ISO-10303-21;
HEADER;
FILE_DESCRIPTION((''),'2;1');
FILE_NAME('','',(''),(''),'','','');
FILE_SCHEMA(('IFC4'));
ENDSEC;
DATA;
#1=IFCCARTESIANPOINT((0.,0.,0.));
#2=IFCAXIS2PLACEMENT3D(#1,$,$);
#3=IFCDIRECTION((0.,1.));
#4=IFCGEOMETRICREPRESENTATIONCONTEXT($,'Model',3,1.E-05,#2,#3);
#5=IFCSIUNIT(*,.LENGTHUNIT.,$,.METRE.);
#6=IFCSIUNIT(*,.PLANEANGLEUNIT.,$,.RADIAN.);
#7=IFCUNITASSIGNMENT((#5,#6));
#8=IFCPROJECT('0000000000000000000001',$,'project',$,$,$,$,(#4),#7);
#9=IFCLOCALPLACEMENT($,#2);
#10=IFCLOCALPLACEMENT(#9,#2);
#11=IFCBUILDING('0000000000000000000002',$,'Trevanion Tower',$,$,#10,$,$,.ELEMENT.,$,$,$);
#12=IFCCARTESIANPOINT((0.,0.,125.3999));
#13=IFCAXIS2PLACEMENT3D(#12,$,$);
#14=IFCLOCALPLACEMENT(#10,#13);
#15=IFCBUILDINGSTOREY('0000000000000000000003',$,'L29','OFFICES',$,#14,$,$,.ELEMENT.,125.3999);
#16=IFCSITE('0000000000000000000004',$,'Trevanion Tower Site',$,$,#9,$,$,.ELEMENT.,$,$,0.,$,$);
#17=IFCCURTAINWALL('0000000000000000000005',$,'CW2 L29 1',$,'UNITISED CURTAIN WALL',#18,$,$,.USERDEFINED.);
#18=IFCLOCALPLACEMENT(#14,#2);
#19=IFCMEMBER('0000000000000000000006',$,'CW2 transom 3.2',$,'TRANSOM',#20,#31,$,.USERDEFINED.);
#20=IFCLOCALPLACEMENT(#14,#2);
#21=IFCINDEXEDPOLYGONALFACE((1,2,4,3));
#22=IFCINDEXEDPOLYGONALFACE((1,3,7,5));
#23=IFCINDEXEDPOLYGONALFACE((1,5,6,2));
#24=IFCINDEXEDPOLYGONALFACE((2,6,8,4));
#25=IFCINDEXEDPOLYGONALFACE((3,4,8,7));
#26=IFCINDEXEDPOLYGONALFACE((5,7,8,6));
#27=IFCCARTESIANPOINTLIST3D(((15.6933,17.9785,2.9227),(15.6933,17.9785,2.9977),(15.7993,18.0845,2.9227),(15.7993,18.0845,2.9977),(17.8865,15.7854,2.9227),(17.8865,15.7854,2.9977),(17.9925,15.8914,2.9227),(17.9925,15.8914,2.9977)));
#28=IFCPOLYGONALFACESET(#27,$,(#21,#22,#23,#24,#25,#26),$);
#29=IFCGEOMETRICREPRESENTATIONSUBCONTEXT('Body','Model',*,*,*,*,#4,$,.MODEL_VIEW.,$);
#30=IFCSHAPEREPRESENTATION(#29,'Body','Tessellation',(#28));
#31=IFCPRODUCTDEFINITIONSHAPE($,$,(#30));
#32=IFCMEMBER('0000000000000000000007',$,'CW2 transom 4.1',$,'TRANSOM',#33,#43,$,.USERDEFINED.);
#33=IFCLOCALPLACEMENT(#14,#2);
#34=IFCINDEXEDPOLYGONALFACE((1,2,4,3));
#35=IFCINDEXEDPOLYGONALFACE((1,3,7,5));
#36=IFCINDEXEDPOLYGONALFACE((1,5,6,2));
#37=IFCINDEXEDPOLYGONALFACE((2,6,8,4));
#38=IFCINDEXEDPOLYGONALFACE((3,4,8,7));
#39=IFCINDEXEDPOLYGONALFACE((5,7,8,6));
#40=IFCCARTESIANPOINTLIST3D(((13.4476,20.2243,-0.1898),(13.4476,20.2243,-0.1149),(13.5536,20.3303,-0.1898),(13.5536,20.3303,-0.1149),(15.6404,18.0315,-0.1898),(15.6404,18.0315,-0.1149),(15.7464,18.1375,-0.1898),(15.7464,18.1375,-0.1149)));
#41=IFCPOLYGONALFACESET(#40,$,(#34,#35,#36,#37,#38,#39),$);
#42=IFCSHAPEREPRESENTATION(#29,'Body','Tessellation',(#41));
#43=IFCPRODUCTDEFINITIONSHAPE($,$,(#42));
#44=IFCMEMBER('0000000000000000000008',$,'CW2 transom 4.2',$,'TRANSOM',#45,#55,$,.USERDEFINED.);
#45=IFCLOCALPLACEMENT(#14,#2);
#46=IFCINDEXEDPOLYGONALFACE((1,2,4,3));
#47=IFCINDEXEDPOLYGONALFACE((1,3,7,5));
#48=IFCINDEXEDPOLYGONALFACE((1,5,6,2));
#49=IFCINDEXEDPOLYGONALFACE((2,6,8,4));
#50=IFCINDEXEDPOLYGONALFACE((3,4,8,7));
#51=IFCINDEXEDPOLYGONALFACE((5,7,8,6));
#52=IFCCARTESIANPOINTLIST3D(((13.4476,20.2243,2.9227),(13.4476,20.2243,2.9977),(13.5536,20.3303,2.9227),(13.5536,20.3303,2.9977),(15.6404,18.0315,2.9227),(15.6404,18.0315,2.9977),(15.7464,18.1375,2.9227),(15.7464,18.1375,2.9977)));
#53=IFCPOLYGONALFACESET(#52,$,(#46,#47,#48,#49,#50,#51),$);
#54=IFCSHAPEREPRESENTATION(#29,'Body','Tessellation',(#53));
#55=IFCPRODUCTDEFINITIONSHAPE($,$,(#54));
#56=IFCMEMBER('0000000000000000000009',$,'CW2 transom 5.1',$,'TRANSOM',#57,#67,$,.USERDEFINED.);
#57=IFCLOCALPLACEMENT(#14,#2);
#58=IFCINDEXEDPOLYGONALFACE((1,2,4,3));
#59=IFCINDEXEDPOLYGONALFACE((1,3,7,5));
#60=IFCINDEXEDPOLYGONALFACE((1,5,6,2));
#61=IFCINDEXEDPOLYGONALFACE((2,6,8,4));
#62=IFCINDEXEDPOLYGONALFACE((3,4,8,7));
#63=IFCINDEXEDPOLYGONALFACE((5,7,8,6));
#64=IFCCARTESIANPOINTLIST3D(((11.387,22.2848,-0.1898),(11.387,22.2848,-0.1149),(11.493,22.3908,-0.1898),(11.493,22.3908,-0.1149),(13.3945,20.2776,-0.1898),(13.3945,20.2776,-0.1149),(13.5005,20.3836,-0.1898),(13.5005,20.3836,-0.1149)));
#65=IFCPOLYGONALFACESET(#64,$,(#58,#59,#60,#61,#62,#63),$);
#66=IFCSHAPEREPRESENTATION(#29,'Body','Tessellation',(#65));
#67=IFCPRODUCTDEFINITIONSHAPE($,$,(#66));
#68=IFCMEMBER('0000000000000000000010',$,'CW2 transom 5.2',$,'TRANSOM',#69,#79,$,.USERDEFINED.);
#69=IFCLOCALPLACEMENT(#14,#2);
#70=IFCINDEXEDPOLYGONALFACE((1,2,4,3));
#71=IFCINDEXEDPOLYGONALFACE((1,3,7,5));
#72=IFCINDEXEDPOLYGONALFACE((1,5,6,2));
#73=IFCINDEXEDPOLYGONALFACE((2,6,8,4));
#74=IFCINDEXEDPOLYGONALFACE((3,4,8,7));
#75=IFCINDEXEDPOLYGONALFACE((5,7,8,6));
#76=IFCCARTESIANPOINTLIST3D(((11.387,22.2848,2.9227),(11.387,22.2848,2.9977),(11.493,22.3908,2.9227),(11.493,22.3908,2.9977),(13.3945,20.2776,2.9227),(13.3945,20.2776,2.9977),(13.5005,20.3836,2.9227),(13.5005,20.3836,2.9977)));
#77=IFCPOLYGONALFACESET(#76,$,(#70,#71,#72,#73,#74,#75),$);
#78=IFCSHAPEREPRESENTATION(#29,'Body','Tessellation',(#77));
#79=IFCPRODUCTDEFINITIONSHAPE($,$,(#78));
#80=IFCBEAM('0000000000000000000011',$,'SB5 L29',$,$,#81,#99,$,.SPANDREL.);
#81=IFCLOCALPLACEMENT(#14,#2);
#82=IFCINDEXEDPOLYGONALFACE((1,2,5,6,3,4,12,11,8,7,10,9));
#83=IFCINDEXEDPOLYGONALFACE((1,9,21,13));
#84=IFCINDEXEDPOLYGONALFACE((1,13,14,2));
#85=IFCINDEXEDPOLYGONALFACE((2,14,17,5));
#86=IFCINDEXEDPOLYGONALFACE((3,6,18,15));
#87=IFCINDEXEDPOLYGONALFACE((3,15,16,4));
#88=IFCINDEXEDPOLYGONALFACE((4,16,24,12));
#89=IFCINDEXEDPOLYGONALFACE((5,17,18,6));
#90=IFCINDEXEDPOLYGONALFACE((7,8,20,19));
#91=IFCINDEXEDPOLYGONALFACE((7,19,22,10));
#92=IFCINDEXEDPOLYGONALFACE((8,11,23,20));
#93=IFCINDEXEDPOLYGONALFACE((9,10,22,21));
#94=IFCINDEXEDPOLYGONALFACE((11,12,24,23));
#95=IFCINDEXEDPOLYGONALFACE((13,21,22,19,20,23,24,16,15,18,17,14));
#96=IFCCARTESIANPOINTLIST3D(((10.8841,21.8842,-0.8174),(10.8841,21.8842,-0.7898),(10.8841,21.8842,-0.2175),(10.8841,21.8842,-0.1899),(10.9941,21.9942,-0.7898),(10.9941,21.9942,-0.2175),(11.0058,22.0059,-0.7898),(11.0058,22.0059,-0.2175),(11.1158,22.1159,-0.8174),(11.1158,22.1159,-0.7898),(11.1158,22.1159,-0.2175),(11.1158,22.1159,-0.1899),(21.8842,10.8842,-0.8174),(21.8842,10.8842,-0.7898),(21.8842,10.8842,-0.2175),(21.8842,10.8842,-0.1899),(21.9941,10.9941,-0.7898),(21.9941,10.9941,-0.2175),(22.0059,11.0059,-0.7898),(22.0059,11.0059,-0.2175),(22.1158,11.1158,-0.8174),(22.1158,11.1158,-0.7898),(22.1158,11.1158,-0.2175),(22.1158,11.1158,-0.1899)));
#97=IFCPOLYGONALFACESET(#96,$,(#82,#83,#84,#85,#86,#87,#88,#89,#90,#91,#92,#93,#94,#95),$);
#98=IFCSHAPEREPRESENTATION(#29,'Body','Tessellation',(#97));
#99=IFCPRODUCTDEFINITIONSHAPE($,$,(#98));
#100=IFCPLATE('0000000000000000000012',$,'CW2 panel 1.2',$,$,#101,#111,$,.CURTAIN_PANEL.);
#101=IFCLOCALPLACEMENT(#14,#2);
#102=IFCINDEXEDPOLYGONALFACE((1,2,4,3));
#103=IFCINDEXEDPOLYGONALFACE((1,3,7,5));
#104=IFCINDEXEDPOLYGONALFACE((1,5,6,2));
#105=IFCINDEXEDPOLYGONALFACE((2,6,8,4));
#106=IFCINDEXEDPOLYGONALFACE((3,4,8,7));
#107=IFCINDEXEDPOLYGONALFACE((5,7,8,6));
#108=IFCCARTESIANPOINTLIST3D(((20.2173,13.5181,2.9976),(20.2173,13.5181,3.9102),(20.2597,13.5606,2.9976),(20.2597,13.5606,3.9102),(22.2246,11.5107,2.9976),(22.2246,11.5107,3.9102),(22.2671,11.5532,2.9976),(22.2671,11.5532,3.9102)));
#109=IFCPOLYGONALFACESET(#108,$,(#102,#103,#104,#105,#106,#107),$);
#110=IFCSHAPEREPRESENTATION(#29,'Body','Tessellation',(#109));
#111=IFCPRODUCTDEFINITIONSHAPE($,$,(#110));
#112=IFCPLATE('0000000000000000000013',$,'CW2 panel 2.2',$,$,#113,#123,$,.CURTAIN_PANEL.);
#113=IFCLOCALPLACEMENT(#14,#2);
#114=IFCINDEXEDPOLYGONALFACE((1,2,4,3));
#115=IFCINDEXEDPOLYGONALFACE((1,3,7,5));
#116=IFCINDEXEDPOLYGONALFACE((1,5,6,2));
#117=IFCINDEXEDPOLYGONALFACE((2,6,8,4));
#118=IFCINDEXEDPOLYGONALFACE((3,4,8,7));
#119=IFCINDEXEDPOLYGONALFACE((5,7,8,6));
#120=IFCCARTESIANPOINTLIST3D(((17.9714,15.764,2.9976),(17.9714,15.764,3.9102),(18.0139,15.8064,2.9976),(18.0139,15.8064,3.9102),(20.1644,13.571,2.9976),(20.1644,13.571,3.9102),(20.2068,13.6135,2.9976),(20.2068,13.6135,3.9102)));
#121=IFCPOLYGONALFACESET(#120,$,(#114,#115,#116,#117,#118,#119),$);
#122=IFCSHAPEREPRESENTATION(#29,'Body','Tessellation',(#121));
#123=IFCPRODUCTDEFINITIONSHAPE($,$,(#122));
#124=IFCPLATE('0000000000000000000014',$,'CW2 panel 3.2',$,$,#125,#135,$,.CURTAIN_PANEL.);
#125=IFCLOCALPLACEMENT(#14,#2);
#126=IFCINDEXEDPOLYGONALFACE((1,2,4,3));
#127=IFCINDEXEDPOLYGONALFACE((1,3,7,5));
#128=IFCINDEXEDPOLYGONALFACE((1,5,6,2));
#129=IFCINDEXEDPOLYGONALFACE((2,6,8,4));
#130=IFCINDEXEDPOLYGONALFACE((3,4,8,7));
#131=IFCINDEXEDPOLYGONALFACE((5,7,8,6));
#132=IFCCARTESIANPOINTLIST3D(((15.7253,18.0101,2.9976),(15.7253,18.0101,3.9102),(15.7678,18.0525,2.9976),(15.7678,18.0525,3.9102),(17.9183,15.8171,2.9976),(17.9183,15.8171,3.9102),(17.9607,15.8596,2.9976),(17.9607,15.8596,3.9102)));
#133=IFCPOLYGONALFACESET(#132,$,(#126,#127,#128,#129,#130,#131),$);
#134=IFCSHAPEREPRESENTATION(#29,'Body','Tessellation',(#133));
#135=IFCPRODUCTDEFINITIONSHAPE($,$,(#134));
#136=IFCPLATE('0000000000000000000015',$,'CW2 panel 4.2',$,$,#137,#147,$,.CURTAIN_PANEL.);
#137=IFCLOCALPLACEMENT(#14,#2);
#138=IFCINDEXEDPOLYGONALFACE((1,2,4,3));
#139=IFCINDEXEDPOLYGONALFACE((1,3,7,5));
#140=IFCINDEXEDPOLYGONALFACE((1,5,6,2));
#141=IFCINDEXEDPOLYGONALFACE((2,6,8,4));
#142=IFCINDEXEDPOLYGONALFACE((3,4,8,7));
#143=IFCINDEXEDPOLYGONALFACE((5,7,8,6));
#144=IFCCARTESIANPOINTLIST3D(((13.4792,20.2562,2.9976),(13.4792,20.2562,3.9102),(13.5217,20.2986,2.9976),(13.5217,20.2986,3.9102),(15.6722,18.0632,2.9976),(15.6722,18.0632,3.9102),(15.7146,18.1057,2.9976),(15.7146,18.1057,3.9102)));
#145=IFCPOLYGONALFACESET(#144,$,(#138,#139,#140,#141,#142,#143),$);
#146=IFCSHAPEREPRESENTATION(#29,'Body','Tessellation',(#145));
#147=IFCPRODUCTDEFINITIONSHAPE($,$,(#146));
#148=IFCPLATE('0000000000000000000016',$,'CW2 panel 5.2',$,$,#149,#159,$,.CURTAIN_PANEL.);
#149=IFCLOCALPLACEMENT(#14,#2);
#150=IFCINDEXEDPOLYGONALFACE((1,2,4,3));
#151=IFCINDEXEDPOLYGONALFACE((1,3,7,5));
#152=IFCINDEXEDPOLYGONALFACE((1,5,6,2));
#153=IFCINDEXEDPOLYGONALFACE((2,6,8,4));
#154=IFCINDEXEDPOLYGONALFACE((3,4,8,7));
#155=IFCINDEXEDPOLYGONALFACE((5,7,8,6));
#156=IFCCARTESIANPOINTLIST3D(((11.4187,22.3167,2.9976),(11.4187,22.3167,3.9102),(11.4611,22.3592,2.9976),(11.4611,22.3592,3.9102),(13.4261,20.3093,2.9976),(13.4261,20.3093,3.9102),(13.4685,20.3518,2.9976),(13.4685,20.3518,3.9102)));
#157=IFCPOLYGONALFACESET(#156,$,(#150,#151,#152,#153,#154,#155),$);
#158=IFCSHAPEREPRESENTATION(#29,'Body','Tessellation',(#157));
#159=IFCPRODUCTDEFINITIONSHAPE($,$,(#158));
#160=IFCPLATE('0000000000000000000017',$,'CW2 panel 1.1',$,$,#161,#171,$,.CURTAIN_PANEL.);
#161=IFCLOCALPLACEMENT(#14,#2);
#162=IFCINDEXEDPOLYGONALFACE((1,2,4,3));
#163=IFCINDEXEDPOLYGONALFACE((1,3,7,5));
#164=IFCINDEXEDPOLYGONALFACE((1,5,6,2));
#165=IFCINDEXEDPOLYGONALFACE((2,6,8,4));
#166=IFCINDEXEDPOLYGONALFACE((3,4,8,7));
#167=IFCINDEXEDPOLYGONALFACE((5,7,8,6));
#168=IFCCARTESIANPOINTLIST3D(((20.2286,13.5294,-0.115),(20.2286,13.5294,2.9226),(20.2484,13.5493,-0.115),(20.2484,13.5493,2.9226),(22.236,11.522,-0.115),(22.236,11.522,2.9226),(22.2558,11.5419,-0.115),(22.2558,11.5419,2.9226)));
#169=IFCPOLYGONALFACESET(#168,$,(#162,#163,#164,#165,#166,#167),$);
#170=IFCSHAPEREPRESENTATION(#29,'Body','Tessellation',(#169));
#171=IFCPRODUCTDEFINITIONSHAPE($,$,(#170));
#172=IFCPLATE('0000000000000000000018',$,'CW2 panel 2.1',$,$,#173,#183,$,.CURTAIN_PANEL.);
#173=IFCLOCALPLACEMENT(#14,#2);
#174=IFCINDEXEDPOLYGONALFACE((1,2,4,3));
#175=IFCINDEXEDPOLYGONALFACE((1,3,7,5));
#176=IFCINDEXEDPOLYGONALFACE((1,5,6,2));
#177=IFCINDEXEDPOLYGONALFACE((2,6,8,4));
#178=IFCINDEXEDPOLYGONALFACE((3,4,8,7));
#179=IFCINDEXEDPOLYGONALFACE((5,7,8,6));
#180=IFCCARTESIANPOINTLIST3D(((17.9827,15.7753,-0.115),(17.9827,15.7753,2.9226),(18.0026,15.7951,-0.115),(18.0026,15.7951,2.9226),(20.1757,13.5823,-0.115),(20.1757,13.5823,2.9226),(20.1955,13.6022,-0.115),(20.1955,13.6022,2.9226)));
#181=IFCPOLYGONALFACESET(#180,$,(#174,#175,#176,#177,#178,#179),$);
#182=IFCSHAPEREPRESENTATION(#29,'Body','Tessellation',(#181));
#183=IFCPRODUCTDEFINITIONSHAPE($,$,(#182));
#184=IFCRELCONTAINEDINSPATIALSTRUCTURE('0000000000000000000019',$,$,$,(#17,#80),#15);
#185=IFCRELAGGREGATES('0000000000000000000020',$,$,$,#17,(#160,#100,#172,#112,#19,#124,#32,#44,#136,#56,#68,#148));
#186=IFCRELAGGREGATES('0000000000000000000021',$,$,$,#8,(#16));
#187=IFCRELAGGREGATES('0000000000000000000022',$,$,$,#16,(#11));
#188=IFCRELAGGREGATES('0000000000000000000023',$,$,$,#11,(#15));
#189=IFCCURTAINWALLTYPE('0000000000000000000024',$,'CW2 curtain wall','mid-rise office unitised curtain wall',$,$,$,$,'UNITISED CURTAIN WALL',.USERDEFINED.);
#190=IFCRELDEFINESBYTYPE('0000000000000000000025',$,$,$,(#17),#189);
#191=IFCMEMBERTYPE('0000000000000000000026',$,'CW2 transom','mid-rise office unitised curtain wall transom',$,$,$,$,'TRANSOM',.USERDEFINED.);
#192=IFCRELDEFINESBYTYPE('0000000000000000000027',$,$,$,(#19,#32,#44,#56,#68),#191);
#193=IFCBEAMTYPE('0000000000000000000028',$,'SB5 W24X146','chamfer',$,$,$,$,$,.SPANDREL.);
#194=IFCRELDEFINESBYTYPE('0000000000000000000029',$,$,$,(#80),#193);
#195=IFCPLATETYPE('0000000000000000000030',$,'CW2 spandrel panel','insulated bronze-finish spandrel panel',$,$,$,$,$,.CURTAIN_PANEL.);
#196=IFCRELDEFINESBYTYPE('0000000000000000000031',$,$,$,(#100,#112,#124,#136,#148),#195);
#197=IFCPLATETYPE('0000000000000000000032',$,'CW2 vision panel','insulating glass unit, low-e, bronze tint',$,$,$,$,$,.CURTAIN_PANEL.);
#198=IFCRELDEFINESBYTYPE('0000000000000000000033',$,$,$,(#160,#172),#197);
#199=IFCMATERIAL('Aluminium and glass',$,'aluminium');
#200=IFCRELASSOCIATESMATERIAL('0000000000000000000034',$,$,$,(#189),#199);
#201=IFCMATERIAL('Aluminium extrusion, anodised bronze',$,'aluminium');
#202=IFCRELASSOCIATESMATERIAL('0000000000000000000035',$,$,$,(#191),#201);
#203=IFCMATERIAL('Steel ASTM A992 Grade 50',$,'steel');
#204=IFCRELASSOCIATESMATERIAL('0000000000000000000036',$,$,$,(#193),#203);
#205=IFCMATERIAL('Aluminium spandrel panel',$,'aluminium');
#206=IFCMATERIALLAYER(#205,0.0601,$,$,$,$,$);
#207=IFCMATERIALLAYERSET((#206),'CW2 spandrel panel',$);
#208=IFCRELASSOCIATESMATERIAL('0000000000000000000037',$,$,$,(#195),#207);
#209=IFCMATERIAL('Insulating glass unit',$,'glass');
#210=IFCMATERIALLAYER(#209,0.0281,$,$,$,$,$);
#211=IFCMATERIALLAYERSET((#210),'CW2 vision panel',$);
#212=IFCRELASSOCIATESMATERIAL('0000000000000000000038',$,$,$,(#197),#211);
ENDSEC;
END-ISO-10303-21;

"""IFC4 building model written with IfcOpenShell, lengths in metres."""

from ifc_helpers import new_model, si_unit, direction, frame, origin, origin_2d, place, context, subcontext, project, spatial, rectangle, i_section, extrude, material, layer, layer_set, material_profile, profile_set, type_object, element, aggregate, save


model = new_model("IFC4")

# Units and contexts
model_context = context("Model", 3, precision=1e-05, world=origin(), true_north=direction((0.0, 1.0)))
body_context = subcontext(model_context, "Body", "Model", "MODEL_VIEW")
ifc_project = project(units=[si_unit("LENGTHUNIT", "METRE"), si_unit("PLANEANGLEUNIT", "RADIAN")], contexts=[model_context])

# Site, building, storey
site_placement = place(None, origin())
site = spatial("IfcSite", under=ifc_project, at=site_placement, Name="Trevanion Tower Site", CompositionType="ELEMENT", RefElevation=0.0)
building_placement = place(site_placement, origin())
building = spatial("IfcBuilding", under=site, at=building_placement, Name="Trevanion Tower", CompositionType="ELEMENT")
storey_placement = place(building_placement, frame((0.0, 0.0, 125.3999)))
storey = spatial("IfcBuildingStorey", under=building, at=storey_placement, Name="L29", Description="OFFICES", CompositionType="ELEMENT", Elevation=125.3999)

# Curtain wall
ifc_material_1 = material(Name="Aluminium and glass", Category="aluminium")
curtain_wall_type = type_object("IfcCurtainWallType", Name="CW2 curtain wall", Description="mid-rise office unitised curtain wall", ElementType="UNITISED CURTAIN WALL", PredefinedType="USERDEFINED", material=ifc_material_1)
curtain_wall_1_placement = place(storey_placement, origin())
curtain_wall_1 = element("IfcCurtainWall", 1, at=curtain_wall_1_placement, inside=storey, type_object=curtain_wall_type, Name="CW2 L29 1", ObjectType="UNITISED CURTAIN WALL", PredefinedType="USERDEFINED")

# Members
ifc_material_2 = material(Name="Aluminium extrusion, anodised bronze", Category="aluminium")
ifc_material_profile_1 = material_profile(ifc_material_2, rectangle(XDim=0.1499, YDim=0.075, at=origin_2d()), Name="CW2 transom")
ifc_profile_set_1 = profile_set([ifc_material_profile_1], Name="Aluminium extrusion, anodised bronze")
member_type_1 = type_object("IfcMemberType", Name="CW2 transom", Description="mid-rise office unitised curtain wall transom", ElementType="TRANSOM", PredefinedType="USERDEFINED", material=ifc_profile_set_1)
member_1_placement = place(storey_placement, frame((17.9395, 15.8384, 2.9602), z_axis=(-0.707107, 0.707107, 0.0), x_axis=(-0.707107, -0.707107, 0.0)))
member_1 = element("IfcMember", 2, at=member_1_placement, type_object=member_type_1, Name="CW2 transom 3.2", ObjectType="TRANSOM", PredefinedType="USERDEFINED", context=body_context, shape_type="SweptSolid", body=[
    extrude(rectangle(XDim=0.1499, YDim=0.075, at=origin_2d()), origin(), (0.0, 0.0, 1.0), 3.1016),
])
member_2_placement = place(storey_placement, frame((15.6934, 18.0845, -0.1523), z_axis=(-0.707107, 0.707107, 0.0), x_axis=(-0.707107, -0.707107, 0.0)))
member_2 = element("IfcMember", 3, at=member_2_placement, type_object=member_type_1, Name="CW2 transom 4.1", ObjectType="TRANSOM", PredefinedType="USERDEFINED", context=body_context, shape_type="SweptSolid", body=[
    extrude(rectangle(XDim=0.1499, YDim=0.075, at=origin_2d()), origin(), (0.0, 0.0, 1.0), 3.1011),
])
member_3_placement = place(storey_placement, frame((15.6934, 18.0845, 2.9602), z_axis=(-0.707107, 0.707107, 0.0), x_axis=(-0.707107, -0.707107, 0.0)))
member_3 = element("IfcMember", 4, at=member_3_placement, type_object=member_type_1, Name="CW2 transom 4.2", ObjectType="TRANSOM", PredefinedType="USERDEFINED", context=body_context, shape_type="SweptSolid", body=[
    extrude(rectangle(XDim=0.1499, YDim=0.075, at=origin_2d()), origin(), (0.0, 0.0, 1.0), 3.1011),
])
member_4_placement = place(storey_placement, frame((13.4475, 20.3306, -0.1523), z_axis=(-0.70715, 0.707064, 0.0), x_axis=(-0.707064, -0.70715, 0.0)))
member_4 = element("IfcMember", 5, at=member_4_placement, type_object=member_type_1, Name="CW2 transom 5.1", ObjectType="TRANSOM", PredefinedType="USERDEFINED", context=body_context, shape_type="SweptSolid", body=[
    extrude(rectangle(XDim=0.1499, YDim=0.075, at=origin_2d()), origin(), (0.0, 0.0, 1.0), 2.8389),
])
member_5_placement = place(storey_placement, frame((13.4475, 20.3306, 2.9602), z_axis=(-0.70715, 0.707064, 0.0), x_axis=(-0.707064, -0.70715, 0.0)))
member_5 = element("IfcMember", 6, at=member_5_placement, type_object=member_type_1, Name="CW2 transom 5.2", ObjectType="TRANSOM", PredefinedType="USERDEFINED", context=body_context, shape_type="SweptSolid", body=[
    extrude(rectangle(XDim=0.1499, YDim=0.075, at=origin_2d()), origin(), (0.0, 0.0, 1.0), 2.8389),
])

# Beam
ifc_material_3 = material(Name="Steel ASTM A992 Grade 50", Category="steel")
ifc_material_profile_2 = material_profile(ifc_material_3, i_section(OverallWidth=0.3276, OverallDepth=0.6274, WebThickness=0.0166, FlangeThickness=0.0276, at=origin_2d()), Name="W24X146")
ifc_profile_set_2 = profile_set([ifc_material_profile_2], Name="Steel ASTM A992 Grade 50")
beam_type_1 = type_object("IfcBeamType", Name="SB5 W24X146", Description="chamfer", PredefinedType="SPANDREL", material=ifc_profile_set_2)
beam_1_placement = place(storey_placement, frame((22.0, 11.0, -0.5037), z_axis=(-0.707107, 0.707107, 0.0), x_axis=(-0.707107, -0.707107, 0.0)))
element("IfcBeam", 7, at=beam_1_placement, inside=storey, type_object=beam_type_1, Name="SB5 L29", PredefinedType="SPANDREL", context=body_context, shape_type="SweptSolid", body=[
    extrude(i_section(OverallWidth=0.3276, OverallDepth=0.6274, WebThickness=0.0166, FlangeThickness=0.0276, at=origin_2d()), origin(), (0.0, 0.0, 1.0), 15.5564),
])

# Plates
ifc_material_4 = material(Name="Aluminium spandrel panel", Category="aluminium")
ifc_layer_1 = layer(ifc_material_4, 0.0601)
ifc_layer_set_1 = layer_set([ifc_layer_1], Name="CW2 spandrel panel")
plate_type_1 = type_object("IfcPlateType", Name="CW2 spandrel panel", Description="insulated bronze-finish spandrel panel", PredefinedType="CURTAIN_PANEL", material=ifc_layer_set_1)
plate_1_placement = place(storey_placement, frame((21.2422, 12.5356, 2.9976), z_axis=(0.0, 0.0, 1.0), x_axis=(-0.707107, 0.707107, 0.0)))
plate_1 = element("IfcPlate", 8, at=plate_1_placement, type_object=plate_type_1, Name="CW2 panel 1.2", PredefinedType="CURTAIN_PANEL", context=body_context, shape_type="SweptSolid", body=[
    extrude(rectangle(XDim=2.8389, YDim=0.0601, at=origin_2d()), origin(), (0.0, 0.0, 1.0), 0.9126),
])
plate_2_placement = place(storey_placement, frame((19.0891, 14.6887, 2.9976), z_axis=(0.0, 0.0, 1.0), x_axis=(-0.707107, 0.707107, 0.0)))
plate_2 = element("IfcPlate", 9, at=plate_2_placement, type_object=plate_type_1, Name="CW2 panel 2.2", PredefinedType="CURTAIN_PANEL", context=body_context, shape_type="SweptSolid", body=[
    extrude(rectangle(XDim=3.1013, YDim=0.0601, at=origin_2d()), origin(), (0.0, 0.0, 1.0), 0.9126),
])
plate_3_placement = place(storey_placement, frame((16.843, 16.9348, 2.9976), z_axis=(0.0, 0.0, 1.0), x_axis=(-0.707107, 0.707107, 0.0)))
plate_3 = element("IfcPlate", 10, at=plate_3_placement, type_object=plate_type_1, Name="CW2 panel 3.2", PredefinedType="CURTAIN_PANEL", context=body_context, shape_type="SweptSolid", body=[
    extrude(rectangle(XDim=3.1013, YDim=0.0601, at=origin_2d()), origin(), (0.0, 0.0, 1.0), 0.9126),
])
plate_4_placement = place(storey_placement, frame((14.5969, 19.1809, 2.9976), z_axis=(0.0, 0.0, 1.0), x_axis=(-0.707107, 0.707107, 0.0)))
plate_4 = element("IfcPlate", 11, at=plate_4_placement, type_object=plate_type_1, Name="CW2 panel 4.2", PredefinedType="CURTAIN_PANEL", context=body_context, shape_type="SweptSolid", body=[
    extrude(rectangle(XDim=3.1013, YDim=0.0601, at=origin_2d()), origin(), (0.0, 0.0, 1.0), 0.9126),
])
plate_5_placement = place(storey_placement, frame((12.4436, 21.3342, 2.9976), z_axis=(0.0, 0.0, 1.0), x_axis=(-0.707107, 0.707107, 0.0)))
plate_5 = element("IfcPlate", 12, at=plate_5_placement, type_object=plate_type_1, Name="CW2 panel 5.2", PredefinedType="CURTAIN_PANEL", context=body_context, shape_type="SweptSolid", body=[
    extrude(rectangle(XDim=2.8389, YDim=0.0601, at=origin_2d()), origin(), (0.0, 0.0, 1.0), 0.9126),
])
ifc_material_5 = material(Name="Insulating glass unit", Category="glass")
ifc_layer_2 = layer(ifc_material_5, 0.0281)
ifc_layer_set_2 = layer_set([ifc_layer_2], Name="CW2 vision panel")
plate_type_2 = type_object("IfcPlateType", Name="CW2 vision panel", Description="insulating glass unit, low-e, bronze tint", PredefinedType="CURTAIN_PANEL", material=ifc_layer_set_2)
plate_6_placement = place(storey_placement, frame((21.2422, 12.5356, -0.115), z_axis=(0.0, 0.0, 1.0), x_axis=(-0.707107, 0.707107, 0.0)))
plate_6 = element("IfcPlate", 13, at=plate_6_placement, type_object=plate_type_2, Name="CW2 panel 1.1", PredefinedType="CURTAIN_PANEL", context=body_context, shape_type="SweptSolid", body=[
    extrude(rectangle(XDim=2.8389, YDim=0.0281, at=origin_2d()), origin(), (0.0, 0.0, 1.0), 3.0376),
])
plate_7_placement = place(storey_placement, frame((19.0891, 14.6887, -0.115), z_axis=(0.0, 0.0, 1.0), x_axis=(-0.707107, 0.707107, 0.0)))
plate_7 = element("IfcPlate", 14, at=plate_7_placement, type_object=plate_type_2, Name="CW2 panel 2.1", PredefinedType="CURTAIN_PANEL", context=body_context, shape_type="SweptSolid", body=[
    extrude(rectangle(XDim=3.1013, YDim=0.0281, at=origin_2d()), origin(), (0.0, 0.0, 1.0), 3.0376),
])
aggregate(curtain_wall_1, [plate_6, plate_1, plate_7, plate_2, member_1, plate_3, member_2, member_3, plate_4, member_4, member_5, plate_5])

save(model, "model.ifc")
